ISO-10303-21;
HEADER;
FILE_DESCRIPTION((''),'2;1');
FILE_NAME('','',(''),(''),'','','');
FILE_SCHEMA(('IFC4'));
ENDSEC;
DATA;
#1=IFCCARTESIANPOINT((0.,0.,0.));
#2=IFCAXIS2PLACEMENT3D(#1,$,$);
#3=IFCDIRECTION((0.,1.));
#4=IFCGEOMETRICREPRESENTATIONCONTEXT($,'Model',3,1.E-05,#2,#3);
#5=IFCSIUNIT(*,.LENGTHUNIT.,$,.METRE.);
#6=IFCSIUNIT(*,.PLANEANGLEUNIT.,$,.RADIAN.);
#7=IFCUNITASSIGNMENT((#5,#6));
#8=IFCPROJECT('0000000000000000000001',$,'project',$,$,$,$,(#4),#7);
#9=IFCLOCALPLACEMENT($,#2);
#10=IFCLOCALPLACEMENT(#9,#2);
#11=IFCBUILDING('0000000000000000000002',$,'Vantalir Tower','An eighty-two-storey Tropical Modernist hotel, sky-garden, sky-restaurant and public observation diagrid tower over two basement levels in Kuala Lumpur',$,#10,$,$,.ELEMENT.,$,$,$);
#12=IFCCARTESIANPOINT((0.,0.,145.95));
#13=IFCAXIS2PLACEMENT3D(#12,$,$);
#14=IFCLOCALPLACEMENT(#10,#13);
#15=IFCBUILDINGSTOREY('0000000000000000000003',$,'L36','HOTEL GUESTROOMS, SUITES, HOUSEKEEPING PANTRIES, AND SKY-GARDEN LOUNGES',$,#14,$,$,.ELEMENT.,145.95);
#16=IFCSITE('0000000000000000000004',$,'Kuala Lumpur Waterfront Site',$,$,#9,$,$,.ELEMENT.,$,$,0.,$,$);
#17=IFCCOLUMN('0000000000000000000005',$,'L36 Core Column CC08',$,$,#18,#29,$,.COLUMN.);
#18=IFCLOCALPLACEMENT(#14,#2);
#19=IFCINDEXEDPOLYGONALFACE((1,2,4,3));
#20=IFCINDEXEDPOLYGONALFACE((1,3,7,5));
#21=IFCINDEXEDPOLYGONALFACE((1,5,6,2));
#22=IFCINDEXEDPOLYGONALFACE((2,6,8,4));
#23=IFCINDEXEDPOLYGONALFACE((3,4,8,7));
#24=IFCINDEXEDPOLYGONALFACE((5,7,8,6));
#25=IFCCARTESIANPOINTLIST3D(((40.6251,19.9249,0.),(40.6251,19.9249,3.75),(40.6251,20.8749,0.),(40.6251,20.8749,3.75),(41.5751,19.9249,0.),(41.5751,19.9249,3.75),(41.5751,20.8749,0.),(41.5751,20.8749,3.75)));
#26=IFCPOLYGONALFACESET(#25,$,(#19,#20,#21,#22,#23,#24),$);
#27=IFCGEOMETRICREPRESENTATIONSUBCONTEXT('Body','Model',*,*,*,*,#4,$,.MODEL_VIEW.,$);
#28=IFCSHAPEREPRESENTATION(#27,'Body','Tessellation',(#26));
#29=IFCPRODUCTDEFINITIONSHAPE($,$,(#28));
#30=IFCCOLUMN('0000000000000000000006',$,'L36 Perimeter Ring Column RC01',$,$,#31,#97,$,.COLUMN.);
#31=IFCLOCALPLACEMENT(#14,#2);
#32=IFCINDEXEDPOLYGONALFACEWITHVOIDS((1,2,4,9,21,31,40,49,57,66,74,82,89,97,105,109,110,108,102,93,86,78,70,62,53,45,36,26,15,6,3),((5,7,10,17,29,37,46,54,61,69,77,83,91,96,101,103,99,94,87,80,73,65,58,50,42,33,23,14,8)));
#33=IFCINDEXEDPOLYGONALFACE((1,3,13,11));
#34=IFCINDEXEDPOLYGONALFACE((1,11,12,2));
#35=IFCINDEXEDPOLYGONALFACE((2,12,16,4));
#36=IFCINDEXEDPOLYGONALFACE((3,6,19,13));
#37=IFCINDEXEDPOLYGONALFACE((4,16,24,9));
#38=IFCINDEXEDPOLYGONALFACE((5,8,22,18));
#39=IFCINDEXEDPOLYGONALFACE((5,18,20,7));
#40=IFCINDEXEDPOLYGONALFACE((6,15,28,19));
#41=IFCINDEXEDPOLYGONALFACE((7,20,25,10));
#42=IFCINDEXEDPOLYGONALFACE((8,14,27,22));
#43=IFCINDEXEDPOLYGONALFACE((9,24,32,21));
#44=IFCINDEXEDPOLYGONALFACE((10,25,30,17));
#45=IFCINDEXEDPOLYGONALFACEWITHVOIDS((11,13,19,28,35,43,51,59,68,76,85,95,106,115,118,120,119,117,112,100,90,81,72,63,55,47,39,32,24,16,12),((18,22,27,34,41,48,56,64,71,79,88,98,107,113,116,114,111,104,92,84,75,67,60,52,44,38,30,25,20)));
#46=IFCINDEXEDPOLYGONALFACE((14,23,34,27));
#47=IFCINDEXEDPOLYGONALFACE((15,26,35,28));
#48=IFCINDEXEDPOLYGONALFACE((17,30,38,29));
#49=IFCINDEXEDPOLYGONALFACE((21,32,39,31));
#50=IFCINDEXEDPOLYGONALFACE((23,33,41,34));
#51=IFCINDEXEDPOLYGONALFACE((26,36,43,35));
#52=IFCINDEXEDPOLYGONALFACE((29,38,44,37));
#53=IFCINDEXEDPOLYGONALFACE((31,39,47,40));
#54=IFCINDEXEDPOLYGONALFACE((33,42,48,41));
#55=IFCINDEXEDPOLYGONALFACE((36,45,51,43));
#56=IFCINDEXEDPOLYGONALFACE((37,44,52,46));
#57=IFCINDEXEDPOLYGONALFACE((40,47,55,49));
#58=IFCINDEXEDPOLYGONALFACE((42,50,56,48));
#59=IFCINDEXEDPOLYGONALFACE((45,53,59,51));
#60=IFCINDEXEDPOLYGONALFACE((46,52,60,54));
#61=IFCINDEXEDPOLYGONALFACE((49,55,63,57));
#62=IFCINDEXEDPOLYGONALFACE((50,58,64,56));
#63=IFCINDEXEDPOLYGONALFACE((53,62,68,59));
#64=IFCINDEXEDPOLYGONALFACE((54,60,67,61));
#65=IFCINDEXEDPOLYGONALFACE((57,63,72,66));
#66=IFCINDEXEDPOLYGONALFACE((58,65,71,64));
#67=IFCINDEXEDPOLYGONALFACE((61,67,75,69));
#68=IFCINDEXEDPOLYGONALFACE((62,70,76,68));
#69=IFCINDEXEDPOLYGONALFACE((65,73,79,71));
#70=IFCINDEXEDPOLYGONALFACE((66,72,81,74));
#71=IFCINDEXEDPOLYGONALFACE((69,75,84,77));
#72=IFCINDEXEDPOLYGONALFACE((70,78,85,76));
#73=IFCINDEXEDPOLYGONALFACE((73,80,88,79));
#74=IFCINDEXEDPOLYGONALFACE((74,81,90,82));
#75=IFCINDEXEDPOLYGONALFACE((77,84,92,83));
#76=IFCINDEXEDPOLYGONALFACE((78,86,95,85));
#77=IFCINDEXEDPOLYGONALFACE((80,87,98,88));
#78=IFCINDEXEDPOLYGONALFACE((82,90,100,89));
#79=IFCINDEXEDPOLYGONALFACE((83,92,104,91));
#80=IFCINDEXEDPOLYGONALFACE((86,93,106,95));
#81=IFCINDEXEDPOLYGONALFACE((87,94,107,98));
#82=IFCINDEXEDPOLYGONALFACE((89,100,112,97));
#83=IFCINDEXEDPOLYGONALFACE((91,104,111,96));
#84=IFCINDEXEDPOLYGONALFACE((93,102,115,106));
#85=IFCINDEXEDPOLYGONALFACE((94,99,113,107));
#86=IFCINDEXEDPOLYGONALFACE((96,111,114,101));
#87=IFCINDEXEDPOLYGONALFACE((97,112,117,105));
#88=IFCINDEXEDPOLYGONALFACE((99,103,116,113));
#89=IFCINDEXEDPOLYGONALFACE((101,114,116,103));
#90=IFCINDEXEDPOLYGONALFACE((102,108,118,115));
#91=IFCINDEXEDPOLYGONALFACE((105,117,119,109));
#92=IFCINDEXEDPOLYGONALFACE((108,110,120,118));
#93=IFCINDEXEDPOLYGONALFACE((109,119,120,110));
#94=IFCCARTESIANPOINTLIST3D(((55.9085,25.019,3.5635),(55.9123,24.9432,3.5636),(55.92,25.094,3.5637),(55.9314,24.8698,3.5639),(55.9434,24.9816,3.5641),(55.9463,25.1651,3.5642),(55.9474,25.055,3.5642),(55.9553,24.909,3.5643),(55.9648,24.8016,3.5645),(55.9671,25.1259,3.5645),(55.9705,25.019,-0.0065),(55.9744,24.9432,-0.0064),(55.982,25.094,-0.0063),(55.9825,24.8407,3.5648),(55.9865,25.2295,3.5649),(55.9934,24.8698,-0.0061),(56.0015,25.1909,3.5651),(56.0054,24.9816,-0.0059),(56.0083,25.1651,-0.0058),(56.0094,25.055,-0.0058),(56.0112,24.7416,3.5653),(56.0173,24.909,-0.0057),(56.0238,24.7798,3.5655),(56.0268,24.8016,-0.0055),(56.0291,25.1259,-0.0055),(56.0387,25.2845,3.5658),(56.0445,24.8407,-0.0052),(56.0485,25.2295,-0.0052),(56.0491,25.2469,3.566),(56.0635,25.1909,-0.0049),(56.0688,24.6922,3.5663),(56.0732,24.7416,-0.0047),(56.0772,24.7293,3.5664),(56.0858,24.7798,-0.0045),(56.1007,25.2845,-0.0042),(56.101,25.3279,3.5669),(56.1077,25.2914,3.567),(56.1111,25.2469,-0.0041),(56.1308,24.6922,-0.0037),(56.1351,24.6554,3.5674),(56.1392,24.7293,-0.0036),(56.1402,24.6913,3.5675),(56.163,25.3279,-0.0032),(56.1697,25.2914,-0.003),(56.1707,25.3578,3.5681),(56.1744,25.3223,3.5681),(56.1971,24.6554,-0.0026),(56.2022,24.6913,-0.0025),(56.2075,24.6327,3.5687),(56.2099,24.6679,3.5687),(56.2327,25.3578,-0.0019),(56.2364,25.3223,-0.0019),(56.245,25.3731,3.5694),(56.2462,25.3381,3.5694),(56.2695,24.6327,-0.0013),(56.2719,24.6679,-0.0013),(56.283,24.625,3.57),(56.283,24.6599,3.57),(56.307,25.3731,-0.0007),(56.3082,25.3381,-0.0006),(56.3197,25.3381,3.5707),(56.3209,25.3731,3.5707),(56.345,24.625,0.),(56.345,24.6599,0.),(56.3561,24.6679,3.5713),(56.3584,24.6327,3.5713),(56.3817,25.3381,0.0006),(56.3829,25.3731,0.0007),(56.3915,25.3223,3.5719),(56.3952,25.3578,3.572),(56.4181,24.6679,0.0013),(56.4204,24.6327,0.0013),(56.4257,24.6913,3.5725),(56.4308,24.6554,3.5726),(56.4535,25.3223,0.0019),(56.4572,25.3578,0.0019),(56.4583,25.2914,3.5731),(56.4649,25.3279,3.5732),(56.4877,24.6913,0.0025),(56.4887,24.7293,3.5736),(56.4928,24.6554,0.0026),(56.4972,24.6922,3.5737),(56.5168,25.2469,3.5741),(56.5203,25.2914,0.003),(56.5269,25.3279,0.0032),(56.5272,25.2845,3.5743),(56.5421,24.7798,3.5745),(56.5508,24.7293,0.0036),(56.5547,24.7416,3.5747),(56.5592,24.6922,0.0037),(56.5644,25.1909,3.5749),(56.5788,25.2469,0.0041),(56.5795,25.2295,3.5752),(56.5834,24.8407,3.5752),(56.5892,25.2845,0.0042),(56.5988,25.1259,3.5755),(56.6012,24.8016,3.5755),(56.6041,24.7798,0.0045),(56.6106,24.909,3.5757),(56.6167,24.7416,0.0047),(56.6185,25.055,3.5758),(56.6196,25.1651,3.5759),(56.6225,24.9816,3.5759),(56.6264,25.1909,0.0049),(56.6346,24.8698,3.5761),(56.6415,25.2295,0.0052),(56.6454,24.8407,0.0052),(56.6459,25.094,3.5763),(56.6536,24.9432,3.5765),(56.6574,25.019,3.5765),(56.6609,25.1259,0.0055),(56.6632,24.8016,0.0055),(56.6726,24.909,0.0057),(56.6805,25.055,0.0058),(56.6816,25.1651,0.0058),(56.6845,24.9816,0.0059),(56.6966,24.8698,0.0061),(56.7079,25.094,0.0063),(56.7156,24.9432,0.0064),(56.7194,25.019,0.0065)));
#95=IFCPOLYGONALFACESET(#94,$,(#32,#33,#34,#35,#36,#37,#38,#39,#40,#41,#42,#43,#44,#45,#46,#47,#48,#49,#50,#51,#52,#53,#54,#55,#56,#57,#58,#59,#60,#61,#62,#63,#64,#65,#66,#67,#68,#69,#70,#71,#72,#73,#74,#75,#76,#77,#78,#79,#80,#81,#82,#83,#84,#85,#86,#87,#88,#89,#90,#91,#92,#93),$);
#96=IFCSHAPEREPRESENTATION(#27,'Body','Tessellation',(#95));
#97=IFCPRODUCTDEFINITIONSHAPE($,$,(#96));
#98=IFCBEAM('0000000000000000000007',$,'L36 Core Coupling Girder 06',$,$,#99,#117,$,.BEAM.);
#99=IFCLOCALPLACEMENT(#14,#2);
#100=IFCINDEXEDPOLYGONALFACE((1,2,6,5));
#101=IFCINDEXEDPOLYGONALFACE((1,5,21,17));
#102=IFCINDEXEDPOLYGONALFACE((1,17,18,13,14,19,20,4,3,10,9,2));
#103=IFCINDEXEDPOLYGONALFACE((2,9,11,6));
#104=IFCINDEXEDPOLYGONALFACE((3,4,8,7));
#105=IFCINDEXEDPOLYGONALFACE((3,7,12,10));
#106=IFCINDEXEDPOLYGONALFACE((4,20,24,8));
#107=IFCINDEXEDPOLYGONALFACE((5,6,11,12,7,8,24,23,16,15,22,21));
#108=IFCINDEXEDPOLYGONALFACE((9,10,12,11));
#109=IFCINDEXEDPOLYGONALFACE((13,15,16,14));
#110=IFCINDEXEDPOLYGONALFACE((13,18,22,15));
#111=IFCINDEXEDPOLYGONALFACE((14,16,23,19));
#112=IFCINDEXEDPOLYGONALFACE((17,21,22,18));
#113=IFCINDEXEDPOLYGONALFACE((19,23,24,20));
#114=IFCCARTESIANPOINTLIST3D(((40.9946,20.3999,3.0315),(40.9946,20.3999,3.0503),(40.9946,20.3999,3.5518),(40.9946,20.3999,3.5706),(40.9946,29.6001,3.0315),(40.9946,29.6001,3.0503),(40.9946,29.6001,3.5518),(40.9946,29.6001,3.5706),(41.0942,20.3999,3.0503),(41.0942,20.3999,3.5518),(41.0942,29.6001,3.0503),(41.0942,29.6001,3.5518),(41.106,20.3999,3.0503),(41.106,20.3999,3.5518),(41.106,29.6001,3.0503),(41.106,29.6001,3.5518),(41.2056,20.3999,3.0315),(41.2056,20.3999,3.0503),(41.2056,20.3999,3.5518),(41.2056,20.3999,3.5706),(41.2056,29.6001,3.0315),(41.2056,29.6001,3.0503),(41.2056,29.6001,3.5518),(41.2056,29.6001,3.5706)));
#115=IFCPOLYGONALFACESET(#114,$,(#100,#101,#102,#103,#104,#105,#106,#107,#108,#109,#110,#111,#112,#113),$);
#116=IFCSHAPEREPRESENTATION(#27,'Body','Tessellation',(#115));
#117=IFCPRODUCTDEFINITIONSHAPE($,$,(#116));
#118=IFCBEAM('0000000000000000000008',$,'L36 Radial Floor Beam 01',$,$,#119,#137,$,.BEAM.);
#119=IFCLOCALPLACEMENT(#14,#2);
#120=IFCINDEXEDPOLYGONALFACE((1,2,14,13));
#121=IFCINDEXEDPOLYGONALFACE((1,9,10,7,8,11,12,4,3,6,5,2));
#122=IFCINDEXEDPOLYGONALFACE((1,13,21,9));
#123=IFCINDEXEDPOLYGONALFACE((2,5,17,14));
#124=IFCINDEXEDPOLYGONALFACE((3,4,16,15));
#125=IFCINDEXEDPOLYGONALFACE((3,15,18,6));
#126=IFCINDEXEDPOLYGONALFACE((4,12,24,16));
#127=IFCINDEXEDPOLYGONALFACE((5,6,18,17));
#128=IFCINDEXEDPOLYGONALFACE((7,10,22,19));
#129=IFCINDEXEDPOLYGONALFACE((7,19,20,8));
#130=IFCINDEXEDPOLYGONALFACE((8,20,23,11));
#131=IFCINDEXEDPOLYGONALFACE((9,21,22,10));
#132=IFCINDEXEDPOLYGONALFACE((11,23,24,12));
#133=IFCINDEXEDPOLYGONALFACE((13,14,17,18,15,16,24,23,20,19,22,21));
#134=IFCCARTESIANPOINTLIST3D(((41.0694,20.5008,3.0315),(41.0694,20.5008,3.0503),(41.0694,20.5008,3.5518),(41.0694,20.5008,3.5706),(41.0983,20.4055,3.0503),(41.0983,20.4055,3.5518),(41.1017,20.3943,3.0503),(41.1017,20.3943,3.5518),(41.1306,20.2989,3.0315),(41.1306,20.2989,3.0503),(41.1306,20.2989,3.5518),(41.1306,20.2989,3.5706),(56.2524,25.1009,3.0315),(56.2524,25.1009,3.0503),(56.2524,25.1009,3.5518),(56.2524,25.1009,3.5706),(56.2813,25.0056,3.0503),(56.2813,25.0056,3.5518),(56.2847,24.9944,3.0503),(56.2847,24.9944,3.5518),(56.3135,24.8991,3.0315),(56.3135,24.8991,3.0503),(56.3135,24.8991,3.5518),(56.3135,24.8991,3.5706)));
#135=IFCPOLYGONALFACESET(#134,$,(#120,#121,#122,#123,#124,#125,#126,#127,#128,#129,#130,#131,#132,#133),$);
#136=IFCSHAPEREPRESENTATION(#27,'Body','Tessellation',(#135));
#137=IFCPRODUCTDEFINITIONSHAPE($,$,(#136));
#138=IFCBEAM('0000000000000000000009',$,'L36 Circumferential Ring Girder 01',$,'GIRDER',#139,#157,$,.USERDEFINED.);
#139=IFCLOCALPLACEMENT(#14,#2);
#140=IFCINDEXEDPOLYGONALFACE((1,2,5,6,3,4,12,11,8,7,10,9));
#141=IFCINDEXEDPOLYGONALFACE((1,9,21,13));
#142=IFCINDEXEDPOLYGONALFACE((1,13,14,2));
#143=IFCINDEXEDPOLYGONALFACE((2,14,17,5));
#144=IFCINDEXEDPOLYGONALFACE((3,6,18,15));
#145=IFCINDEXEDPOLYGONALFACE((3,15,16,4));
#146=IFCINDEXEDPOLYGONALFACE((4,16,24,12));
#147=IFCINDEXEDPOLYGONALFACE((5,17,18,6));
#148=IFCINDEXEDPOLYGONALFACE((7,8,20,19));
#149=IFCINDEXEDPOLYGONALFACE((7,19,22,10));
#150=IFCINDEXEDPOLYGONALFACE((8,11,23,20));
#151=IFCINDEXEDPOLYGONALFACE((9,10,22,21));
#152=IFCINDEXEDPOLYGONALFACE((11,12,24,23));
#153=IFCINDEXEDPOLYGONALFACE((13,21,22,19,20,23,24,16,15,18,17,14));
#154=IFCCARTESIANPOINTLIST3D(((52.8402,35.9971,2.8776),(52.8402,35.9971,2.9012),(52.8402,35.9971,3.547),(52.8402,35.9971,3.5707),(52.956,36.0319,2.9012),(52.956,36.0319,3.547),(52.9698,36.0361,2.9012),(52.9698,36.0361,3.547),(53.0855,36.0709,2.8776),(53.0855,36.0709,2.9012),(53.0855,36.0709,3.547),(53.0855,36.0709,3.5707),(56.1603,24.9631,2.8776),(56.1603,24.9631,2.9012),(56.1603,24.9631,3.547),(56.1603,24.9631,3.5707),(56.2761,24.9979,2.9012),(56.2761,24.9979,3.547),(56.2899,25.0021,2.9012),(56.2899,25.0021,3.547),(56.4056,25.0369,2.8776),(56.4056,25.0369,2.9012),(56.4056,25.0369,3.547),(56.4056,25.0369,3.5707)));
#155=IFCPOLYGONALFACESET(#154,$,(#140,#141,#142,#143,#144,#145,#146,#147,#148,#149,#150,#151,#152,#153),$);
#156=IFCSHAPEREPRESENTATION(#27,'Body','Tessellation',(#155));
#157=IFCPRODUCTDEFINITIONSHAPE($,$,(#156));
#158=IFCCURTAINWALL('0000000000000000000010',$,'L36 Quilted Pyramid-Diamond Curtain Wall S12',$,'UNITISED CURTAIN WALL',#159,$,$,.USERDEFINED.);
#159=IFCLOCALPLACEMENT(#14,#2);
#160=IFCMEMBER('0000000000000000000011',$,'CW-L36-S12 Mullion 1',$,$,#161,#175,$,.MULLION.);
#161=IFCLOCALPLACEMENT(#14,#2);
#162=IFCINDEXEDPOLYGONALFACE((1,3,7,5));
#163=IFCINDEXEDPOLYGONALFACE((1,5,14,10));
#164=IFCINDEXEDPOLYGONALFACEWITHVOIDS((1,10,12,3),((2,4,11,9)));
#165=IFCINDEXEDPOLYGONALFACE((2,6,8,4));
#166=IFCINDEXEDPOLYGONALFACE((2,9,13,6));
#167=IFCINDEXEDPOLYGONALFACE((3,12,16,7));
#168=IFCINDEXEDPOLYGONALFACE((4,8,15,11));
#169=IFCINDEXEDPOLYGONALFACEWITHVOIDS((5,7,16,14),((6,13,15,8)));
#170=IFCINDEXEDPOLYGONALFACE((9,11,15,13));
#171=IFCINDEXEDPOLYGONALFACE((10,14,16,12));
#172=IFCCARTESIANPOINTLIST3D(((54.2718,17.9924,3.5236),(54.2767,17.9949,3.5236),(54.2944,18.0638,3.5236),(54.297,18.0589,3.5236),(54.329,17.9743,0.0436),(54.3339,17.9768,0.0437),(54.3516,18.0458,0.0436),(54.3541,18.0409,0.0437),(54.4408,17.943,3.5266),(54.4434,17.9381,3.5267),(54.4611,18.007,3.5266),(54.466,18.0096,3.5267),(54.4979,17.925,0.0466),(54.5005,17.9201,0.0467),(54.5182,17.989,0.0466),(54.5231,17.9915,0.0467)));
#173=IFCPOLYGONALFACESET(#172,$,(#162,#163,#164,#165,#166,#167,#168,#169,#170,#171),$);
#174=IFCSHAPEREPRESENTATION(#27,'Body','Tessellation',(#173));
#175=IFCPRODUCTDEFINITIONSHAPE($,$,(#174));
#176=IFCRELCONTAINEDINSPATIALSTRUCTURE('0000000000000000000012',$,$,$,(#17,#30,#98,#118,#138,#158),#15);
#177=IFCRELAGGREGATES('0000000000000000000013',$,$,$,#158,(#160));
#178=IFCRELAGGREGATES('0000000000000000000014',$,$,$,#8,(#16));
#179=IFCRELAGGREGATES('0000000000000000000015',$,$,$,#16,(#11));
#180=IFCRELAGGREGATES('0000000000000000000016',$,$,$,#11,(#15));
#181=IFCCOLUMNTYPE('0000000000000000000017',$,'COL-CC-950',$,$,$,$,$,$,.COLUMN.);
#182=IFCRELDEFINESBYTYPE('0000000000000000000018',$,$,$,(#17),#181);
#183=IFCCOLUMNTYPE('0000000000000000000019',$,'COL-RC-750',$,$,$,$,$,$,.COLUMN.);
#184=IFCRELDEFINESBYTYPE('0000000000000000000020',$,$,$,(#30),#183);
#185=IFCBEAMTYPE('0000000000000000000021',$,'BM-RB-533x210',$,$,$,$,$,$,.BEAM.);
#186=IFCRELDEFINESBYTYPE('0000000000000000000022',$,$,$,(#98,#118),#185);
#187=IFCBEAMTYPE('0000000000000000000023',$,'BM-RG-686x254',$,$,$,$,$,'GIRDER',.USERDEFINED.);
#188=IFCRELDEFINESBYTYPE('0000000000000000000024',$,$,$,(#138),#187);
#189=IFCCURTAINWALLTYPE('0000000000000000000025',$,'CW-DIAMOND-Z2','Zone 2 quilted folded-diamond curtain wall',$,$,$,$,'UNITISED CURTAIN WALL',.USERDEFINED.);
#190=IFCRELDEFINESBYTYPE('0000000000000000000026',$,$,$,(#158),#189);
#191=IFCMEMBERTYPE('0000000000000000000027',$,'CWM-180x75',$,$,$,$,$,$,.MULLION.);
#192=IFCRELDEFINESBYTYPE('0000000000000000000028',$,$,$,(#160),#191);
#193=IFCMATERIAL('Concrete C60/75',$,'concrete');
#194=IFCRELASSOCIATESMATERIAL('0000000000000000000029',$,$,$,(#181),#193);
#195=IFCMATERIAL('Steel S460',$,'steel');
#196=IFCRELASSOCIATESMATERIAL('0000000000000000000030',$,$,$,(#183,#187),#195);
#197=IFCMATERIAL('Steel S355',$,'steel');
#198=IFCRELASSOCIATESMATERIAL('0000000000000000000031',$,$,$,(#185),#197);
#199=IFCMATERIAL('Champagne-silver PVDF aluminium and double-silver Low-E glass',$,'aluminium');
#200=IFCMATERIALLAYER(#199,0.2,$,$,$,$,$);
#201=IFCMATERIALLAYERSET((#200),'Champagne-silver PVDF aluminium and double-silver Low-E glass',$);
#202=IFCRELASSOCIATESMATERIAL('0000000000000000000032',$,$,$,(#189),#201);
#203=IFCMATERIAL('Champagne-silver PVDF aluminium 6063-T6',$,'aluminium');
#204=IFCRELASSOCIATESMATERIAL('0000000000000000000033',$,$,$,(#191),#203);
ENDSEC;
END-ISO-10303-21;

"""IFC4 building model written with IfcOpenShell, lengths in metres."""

from ifc_helpers import new_model, si_unit, direction, frame, origin, origin_2d, place, context, subcontext, project, spatial, rectangle, hollow_rectangle, hollow_circle, i_section, extrude, material, layer, layer_set, material_profile, profile_set, type_object, element, aggregate, save


model = new_model("IFC4")

# Units and contexts
model_context = context("Model", 3, precision=1e-05, world=origin(), true_north=direction((0.0, 1.0)))
body_context = subcontext(model_context, "Body", "Model", "MODEL_VIEW")
ifc_project = project(units=[si_unit("LENGTHUNIT", "METRE"), si_unit("PLANEANGLEUNIT", "RADIAN")], contexts=[model_context])

# Site, building, storey
site_placement = place(None, origin())
site = spatial("IfcSite", under=ifc_project, at=site_placement, Name="Kuala Lumpur Waterfront Site", CompositionType="ELEMENT", RefElevation=0.0)
building_placement = place(site_placement, origin())
building = spatial("IfcBuilding", under=site, at=building_placement, Name="Vantalir Tower", Description="An eighty-two-storey Tropical Modernist hotel, sky-garden, sky-restaurant and public observation diagrid tower over two basement levels in Kuala Lumpur", CompositionType="ELEMENT")
storey_placement = place(building_placement, frame((0.0, 0.0, 145.95)))
storey = spatial("IfcBuildingStorey", under=building, at=storey_placement, Name="L36", Description="HOTEL GUESTROOMS, SUITES, HOUSEKEEPING PANTRIES, AND SKY-GARDEN LOUNGES", CompositionType="ELEMENT", Elevation=145.95)

# Columns
ifc_material_1 = material(Name="Concrete C60/75", Category="concrete")
ifc_material_profile_1 = material_profile(ifc_material_1, rectangle(XDim=0.95, YDim=0.95, at=origin_2d()), Name="Concrete C60/75")
ifc_profile_set_1 = profile_set([ifc_material_profile_1], Name="Concrete C60/75")
column_type_1 = type_object("IfcColumnType", Name="COL-CC-950", PredefinedType="COLUMN", material=ifc_profile_set_1)
column_1_placement = place(storey_placement, frame((41.1001, 20.3999, 0.0), z_axis=(0.0, 0.0, 1.0), x_axis=(1.0, 0.0, 0.0)))
element("IfcColumn", 1, at=column_1_placement, inside=storey, type_object=column_type_1, Name="L36 Core Column CC08", PredefinedType="COLUMN", context=body_context, shape_type="SweptSolid", body=[
    extrude(rectangle(XDim=0.95, YDim=0.95, at=origin_2d()), origin(), (0.0, 0.0, 1.0), 3.75),
])
ifc_material_2 = material(Name="Steel S460", Category="steel")
ifc_material_profile_2 = material_profile(ifc_material_2, hollow_circle(Radius=0.375, WallThickness=0.0349, at=origin_2d()), Name="Steel S460")
ifc_profile_set_2 = profile_set([ifc_material_profile_2], Name="Steel S460")
column_type_2 = type_object("IfcColumnType", Name="COL-RC-750", PredefinedType="COLUMN", material=ifc_profile_set_2)
column_2_placement = place(storey_placement, frame((56.345, 25.0, 0.0), z_axis=(-0.017367, 0.0, 0.999849), x_axis=(0.0, -1.0, 0.0)))
element("IfcColumn", 2, at=column_2_placement, inside=storey, type_object=column_type_2, Name="L36 Perimeter Ring Column RC01", PredefinedType="COLUMN", context=body_context, shape_type="SweptSolid", body=[
    extrude(hollow_circle(Radius=0.375, WallThickness=0.0349, at=origin_2d()), origin(), (0.0, 0.0, 1.0), 3.5706),
])

# Beams
ifc_material_3 = material(Name="Steel S355", Category="steel")
ifc_material_profile_3 = material_profile(ifc_material_3, i_section(OverallWidth=0.2109, OverallDepth=0.5391, WebThickness=0.0117, FlangeThickness=0.0188, at=origin_2d()), Name="Steel S355")
ifc_profile_set_3 = profile_set([ifc_material_profile_3], Name="Steel S355")
beam_type_1 = type_object("IfcBeamType", Name="BM-RB-533x210", PredefinedType="BEAM", material=ifc_profile_set_3)
beam_1_placement = place(storey_placement, frame((41.1001, 20.3999, 3.301), z_axis=(0.0, 1.0, 0.0), x_axis=(-1.0, 0.0, 0.0)))
element("IfcBeam", 3, at=beam_1_placement, inside=storey, type_object=beam_type_1, Name="L36 Core Coupling Girder 06", PredefinedType="BEAM", context=body_context, shape_type="SweptSolid", body=[
    extrude(i_section(OverallWidth=0.2109, OverallDepth=0.5391, WebThickness=0.0117, FlangeThickness=0.0188, at=origin_2d()), origin(), (0.0, 0.0, 1.0), 9.2002),
])
beam_2_placement = place(storey_placement, frame((56.283, 25.0, 3.301), z_axis=(-0.957038, -0.289963, 0.0), x_axis=(0.289963, -0.957038, 0.0)))
element("IfcBeam", 4, at=beam_2_placement, inside=storey, type_object=beam_type_1, Name="L36 Radial Floor Beam 01", PredefinedType="BEAM", context=body_context, shape_type="SweptSolid", body=[
    extrude(i_section(OverallWidth=0.2109, OverallDepth=0.5391, WebThickness=0.0117, FlangeThickness=0.0188, at=origin_2d()), origin(), (0.0, 0.0, 1.0), 15.8645),
])
ifc_material_profile_4 = material_profile(ifc_material_2, i_section(OverallWidth=0.2561, OverallDepth=0.6931, WebThickness=0.0144, FlangeThickness=0.0237, at=origin_2d()), Name="Steel S460")
ifc_profile_set_4 = profile_set([ifc_material_profile_4], Name="Steel S460")
beam_type_2 = type_object("IfcBeamType", Name="BM-RG-686x254", ElementType="GIRDER", PredefinedType="USERDEFINED", material=ifc_profile_set_4)
beam_3_placement = place(storey_placement, frame((56.283, 25.0, 3.2241), z_axis=(-0.288135, 0.95759, 0.0), x_axis=(-0.95759, -0.288135, 0.0)))
element("IfcBeam", 5, at=beam_3_placement, inside=storey, type_object=beam_type_2, Name="L36 Circumferential Ring Girder 01", ObjectType="GIRDER", PredefinedType="USERDEFINED", context=body_context, shape_type="SweptSolid", body=[
    extrude(i_section(OverallWidth=0.2561, OverallDepth=0.6931, WebThickness=0.0144, FlangeThickness=0.0237, at=origin_2d()), origin(), (0.0, 0.0, 1.0), 11.5227),
])

# Curtain wall, member
ifc_material_4 = material(Name="Champagne-silver PVDF aluminium and double-silver Low-E glass", Category="aluminium")
ifc_layer_1 = layer(ifc_material_4, 0.2)
ifc_layer_set_1 = layer_set([ifc_layer_1], Name="Champagne-silver PVDF aluminium and double-silver Low-E glass")
curtain_wall_type = type_object("IfcCurtainWallType", Name="CW-DIAMOND-Z2", Description="Zone 2 quilted folded-diamond curtain wall", ElementType="UNITISED CURTAIN WALL", PredefinedType="USERDEFINED", material=ifc_layer_set_1)
curtain_wall_placement = place(storey_placement, origin())
curtain_wall = element("IfcCurtainWall", 6, at=curtain_wall_placement, inside=storey, type_object=curtain_wall_type, Name="L36 Quilted Pyramid-Diamond Curtain Wall S12", ObjectType="UNITISED CURTAIN WALL", PredefinedType="USERDEFINED")
ifc_material_5 = material(Name="Champagne-silver PVDF aluminium 6063-T6", Category="aluminium")
ifc_material_profile_5 = material_profile(ifc_material_5, hollow_rectangle(XDim=0.075, YDim=0.1799, WallThickness=0.0039, at=origin_2d()), Name="Champagne-silver PVDF aluminium 6063-T6")
ifc_profile_set_5 = profile_set([ifc_material_profile_5], Name="Champagne-silver PVDF aluminium 6063-T6")
member_type_1 = type_object("IfcMemberType", Name="CWM-180x75", PredefinedType="MULLION", material=ifc_profile_set_5)
member_1_placement = place(storey_placement, frame((54.426, 17.9829, 0.0452), z_axis=(-0.016414, 0.005191, 0.999852), x_axis=(-0.301521, -0.953459, 0.0)))
member_1 = element("IfcMember", 7, at=member_1_placement, type_object=member_type_1, Name="CW-L36-S12 Mullion 1", PredefinedType="MULLION", context=body_context, shape_type="SweptSolid", body=[
    extrude(hollow_rectangle(XDim=0.075, YDim=0.1799, WallThickness=0.0039, at=origin_2d()), origin(), (0.0, 0.0, 1.0), 3.4805),
])
aggregate(curtain_wall, [member_1])

save(model, "model.ifc")
